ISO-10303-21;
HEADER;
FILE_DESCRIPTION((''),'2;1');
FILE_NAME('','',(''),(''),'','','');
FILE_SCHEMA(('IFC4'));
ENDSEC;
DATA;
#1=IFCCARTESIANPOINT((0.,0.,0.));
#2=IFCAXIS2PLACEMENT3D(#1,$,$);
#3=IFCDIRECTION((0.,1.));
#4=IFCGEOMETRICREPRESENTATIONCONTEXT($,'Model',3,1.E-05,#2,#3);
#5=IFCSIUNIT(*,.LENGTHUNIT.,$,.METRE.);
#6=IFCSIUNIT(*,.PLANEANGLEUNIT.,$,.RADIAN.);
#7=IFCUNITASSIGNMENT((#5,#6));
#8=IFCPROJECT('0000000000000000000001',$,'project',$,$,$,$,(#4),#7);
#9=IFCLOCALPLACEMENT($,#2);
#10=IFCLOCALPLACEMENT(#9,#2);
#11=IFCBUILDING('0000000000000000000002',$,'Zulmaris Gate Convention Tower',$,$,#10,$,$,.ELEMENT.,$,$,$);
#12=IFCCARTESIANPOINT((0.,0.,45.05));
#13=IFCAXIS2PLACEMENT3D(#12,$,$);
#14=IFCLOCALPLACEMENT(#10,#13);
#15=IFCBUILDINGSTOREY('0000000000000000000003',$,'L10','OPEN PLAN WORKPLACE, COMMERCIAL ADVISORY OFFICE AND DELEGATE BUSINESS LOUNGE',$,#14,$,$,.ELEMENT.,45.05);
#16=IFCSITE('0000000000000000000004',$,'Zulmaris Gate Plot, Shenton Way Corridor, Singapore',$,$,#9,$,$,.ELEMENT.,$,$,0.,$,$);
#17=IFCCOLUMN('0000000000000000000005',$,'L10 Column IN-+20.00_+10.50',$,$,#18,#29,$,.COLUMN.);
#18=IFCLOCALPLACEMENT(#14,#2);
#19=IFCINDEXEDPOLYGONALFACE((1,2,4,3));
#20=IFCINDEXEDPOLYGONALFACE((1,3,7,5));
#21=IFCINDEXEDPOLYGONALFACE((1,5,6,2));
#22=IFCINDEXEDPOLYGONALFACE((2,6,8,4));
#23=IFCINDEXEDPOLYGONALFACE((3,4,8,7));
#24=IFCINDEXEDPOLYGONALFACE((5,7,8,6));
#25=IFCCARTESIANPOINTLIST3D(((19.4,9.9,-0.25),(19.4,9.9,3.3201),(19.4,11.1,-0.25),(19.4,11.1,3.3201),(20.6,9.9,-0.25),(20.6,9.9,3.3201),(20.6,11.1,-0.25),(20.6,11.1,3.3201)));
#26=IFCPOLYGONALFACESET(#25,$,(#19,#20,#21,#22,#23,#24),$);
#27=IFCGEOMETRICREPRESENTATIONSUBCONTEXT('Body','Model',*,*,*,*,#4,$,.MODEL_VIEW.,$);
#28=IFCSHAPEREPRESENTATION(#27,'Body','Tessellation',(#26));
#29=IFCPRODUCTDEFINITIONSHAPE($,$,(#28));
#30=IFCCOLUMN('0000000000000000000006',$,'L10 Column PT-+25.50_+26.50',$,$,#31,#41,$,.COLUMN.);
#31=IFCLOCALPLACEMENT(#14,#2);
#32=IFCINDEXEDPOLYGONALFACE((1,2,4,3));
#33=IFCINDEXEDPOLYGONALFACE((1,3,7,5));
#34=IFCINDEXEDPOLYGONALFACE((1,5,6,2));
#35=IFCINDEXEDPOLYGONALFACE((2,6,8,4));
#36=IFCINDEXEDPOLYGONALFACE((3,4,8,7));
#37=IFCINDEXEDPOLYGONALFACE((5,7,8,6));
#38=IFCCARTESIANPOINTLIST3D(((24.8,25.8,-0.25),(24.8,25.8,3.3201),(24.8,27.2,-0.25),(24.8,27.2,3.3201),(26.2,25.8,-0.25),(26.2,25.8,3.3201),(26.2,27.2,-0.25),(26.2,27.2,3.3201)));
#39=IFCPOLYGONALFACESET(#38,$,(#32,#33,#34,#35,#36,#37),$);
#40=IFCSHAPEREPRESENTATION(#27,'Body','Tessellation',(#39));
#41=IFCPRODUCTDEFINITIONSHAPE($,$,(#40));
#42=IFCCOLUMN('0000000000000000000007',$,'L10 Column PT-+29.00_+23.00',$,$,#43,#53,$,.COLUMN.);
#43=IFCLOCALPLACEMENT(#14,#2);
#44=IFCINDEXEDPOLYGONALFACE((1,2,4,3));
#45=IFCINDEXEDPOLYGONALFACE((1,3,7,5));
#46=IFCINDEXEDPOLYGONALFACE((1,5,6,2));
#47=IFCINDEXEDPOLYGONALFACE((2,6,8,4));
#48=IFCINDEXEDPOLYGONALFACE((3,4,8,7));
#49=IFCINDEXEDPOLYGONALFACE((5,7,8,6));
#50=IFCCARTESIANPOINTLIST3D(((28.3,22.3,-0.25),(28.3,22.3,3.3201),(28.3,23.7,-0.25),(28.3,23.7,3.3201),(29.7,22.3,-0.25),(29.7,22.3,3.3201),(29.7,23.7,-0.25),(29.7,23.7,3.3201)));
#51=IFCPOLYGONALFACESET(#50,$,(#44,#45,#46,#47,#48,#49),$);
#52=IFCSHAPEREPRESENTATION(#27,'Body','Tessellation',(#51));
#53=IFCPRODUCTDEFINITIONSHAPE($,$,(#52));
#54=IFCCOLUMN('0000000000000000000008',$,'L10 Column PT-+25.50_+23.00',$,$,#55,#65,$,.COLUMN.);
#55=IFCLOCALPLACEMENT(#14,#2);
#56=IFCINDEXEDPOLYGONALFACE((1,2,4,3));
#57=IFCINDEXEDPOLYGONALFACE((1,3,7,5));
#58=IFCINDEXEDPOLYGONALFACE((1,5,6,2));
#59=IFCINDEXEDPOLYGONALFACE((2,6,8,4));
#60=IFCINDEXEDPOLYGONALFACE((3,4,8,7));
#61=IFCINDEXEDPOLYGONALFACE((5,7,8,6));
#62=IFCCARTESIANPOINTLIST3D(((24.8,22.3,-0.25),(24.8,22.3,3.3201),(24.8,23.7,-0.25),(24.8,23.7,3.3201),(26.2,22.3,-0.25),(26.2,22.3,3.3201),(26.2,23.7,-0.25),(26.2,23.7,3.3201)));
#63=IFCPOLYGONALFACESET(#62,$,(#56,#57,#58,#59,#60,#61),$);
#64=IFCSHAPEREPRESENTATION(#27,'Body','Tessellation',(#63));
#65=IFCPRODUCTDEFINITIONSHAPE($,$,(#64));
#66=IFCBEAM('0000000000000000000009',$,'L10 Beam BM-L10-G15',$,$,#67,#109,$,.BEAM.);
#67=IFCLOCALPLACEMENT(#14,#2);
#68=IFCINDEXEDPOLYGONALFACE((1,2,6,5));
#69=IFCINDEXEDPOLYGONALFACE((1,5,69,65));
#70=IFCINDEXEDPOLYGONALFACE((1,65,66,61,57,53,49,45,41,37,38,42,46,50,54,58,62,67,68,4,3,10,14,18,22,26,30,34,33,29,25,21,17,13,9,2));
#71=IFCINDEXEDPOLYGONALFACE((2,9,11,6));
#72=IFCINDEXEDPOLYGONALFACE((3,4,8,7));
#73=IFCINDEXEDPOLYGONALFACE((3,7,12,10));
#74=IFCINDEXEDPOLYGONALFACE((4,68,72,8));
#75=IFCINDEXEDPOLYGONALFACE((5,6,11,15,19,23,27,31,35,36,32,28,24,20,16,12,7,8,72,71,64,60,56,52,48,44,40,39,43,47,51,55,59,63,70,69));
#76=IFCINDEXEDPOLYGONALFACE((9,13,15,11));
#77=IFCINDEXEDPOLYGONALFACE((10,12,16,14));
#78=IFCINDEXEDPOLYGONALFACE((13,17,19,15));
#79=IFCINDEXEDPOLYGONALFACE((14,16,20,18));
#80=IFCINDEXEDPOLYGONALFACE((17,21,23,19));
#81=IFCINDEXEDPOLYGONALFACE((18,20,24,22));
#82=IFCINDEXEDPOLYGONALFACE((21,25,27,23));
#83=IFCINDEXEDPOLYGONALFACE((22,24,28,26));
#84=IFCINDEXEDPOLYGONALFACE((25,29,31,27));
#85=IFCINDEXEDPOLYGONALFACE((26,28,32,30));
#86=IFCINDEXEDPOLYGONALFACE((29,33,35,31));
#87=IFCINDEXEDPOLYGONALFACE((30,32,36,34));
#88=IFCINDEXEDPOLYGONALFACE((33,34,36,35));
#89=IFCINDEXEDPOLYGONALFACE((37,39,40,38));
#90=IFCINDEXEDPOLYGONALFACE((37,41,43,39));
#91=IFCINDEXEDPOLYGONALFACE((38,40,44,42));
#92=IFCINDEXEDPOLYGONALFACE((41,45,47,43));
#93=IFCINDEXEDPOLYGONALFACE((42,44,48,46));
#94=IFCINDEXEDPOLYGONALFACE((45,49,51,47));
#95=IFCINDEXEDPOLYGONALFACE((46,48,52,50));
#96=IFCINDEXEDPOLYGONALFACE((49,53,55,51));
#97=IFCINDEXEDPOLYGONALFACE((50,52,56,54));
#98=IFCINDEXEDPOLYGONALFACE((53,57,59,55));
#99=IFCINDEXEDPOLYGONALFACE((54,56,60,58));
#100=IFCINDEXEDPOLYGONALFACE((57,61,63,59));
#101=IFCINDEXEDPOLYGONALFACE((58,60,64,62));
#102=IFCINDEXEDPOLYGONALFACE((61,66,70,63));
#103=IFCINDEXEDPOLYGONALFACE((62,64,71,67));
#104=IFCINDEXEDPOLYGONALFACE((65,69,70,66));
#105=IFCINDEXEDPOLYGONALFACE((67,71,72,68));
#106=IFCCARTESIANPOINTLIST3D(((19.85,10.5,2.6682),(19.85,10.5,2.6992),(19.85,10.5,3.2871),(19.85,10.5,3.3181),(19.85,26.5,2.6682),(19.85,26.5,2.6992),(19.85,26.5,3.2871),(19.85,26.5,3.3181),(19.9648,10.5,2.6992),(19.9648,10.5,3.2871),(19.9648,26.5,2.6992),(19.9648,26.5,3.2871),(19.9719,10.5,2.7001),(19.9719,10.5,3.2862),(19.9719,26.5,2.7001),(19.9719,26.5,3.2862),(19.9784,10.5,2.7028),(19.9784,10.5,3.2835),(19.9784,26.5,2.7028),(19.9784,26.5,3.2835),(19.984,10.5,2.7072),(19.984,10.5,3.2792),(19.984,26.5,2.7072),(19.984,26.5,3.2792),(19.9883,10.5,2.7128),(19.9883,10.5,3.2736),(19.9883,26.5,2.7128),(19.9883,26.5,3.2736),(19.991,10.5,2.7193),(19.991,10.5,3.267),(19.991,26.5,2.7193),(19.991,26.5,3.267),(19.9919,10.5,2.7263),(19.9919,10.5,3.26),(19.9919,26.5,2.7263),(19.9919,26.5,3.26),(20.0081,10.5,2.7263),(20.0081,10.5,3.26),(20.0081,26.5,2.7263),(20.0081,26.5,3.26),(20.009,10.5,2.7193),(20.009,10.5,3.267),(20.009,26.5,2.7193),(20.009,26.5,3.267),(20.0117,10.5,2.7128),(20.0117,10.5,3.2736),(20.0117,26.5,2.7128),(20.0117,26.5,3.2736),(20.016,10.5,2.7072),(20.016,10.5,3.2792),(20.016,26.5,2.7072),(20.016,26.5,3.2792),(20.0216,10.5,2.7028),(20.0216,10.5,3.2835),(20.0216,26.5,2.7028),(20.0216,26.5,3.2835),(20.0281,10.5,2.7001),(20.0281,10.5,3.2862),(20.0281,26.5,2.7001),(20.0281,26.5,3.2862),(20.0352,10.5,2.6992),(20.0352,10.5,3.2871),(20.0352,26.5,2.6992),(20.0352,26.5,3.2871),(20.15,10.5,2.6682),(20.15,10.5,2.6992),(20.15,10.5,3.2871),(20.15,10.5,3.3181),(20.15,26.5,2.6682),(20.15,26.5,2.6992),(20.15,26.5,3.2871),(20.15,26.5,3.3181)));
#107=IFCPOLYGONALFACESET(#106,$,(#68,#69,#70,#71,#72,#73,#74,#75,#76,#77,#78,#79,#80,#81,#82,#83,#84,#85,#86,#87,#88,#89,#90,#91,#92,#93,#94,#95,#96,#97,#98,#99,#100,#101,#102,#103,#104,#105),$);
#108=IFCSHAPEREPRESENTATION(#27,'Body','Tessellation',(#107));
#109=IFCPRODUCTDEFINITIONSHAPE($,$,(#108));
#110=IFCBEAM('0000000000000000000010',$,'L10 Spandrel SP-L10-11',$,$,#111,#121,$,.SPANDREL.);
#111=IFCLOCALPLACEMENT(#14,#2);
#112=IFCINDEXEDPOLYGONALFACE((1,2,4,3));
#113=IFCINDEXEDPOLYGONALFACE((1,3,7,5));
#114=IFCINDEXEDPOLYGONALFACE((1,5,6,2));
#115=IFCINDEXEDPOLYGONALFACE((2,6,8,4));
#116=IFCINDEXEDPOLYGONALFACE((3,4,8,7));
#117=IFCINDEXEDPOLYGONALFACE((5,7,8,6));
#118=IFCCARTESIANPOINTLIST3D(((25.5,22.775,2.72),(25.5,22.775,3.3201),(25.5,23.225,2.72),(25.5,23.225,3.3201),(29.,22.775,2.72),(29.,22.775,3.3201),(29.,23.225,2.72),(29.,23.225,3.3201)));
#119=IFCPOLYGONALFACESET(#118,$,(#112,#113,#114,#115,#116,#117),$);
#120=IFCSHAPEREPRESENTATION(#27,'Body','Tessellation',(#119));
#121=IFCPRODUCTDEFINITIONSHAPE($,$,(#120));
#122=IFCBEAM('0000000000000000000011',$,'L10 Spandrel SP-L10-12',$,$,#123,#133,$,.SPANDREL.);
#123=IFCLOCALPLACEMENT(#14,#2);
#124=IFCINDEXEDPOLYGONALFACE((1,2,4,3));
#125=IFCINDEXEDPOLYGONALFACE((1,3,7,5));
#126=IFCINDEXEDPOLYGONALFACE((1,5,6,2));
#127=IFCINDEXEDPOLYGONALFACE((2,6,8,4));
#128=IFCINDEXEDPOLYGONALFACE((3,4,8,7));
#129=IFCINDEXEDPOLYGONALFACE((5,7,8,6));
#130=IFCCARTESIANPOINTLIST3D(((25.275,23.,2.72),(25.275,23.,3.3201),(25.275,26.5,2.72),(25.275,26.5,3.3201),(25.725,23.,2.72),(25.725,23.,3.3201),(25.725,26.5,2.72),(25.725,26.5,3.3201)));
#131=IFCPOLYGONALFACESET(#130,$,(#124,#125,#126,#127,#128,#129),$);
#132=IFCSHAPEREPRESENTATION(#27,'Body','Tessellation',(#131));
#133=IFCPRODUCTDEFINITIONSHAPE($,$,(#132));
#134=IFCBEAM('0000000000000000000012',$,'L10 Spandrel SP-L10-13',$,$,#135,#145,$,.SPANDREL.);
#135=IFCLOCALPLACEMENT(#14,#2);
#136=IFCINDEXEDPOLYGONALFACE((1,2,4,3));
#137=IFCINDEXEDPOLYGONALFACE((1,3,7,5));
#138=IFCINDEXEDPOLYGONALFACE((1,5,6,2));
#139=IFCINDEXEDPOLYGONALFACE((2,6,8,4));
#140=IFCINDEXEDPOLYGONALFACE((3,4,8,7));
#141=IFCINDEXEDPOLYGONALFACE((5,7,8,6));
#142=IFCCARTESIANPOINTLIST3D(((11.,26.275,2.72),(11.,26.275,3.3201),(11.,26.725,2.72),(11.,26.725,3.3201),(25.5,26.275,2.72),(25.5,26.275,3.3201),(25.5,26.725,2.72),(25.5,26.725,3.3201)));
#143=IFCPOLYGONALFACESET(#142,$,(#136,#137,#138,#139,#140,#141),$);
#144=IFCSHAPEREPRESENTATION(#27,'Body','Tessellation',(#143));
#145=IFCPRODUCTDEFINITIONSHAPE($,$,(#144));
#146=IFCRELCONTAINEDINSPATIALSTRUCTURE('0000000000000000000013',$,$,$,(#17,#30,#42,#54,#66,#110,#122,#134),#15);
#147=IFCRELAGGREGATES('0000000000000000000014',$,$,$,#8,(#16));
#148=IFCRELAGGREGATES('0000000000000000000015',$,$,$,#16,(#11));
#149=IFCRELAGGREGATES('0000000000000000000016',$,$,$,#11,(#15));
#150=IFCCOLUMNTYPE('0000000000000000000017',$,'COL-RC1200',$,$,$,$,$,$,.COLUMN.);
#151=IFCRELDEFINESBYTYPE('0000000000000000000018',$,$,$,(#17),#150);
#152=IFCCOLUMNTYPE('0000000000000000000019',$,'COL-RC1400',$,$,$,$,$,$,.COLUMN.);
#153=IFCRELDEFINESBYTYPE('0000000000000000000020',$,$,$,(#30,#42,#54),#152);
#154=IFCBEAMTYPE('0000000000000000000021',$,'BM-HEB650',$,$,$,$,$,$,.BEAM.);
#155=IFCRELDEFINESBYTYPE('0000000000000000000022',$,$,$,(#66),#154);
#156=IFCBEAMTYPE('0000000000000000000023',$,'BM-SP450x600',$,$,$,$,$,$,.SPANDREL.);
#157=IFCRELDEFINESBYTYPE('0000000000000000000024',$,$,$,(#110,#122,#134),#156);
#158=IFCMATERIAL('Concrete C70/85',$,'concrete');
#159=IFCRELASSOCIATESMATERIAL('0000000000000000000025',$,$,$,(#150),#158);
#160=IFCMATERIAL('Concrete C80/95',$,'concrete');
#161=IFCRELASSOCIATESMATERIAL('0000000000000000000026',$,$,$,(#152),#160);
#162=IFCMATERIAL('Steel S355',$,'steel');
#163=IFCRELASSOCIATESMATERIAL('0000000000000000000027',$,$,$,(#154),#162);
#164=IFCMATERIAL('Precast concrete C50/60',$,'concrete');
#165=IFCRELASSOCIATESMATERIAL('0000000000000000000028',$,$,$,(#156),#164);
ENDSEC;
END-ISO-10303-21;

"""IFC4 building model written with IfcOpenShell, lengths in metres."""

from ifc_helpers import new_model, si_unit, direction, frame, origin, origin_2d, place, context, subcontext, project, spatial, rectangle, i_section, extrude, material, material_profile, profile_set, type_object, element, save


model = new_model("IFC4")

# Units and contexts
model_context = context("Model", 3, precision=1e-05, world=origin(), true_north=direction((0.0, 1.0)))
body_context = subcontext(model_context, "Body", "Model", "MODEL_VIEW")
ifc_project = project(units=[si_unit("LENGTHUNIT", "METRE"), si_unit("PLANEANGLEUNIT", "RADIAN")], contexts=[model_context])

# Site, building, storey
site_placement = place(None, origin())
site = spatial("IfcSite", under=ifc_project, at=site_placement, Name="Zulmaris Gate Plot, Shenton Way Corridor, Singapore", CompositionType="ELEMENT", RefElevation=0.0)
building_placement = place(site_placement, origin())
building = spatial("IfcBuilding", under=site, at=building_placement, Name="Zulmaris Gate Convention Tower", CompositionType="ELEMENT")
storey_placement = place(building_placement, frame((0.0, 0.0, 45.05)))
storey = spatial("IfcBuildingStorey", under=building, at=storey_placement, Name="L10", Description="OPEN PLAN WORKPLACE, COMMERCIAL ADVISORY OFFICE AND DELEGATE BUSINESS LOUNGE", CompositionType="ELEMENT", Elevation=45.05)

# Columns
ifc_material_1 = material(Name="Concrete C70/85", Category="concrete")
ifc_material_profile_1 = material_profile(ifc_material_1, rectangle(XDim=1.2, YDim=1.2, at=origin_2d()), Name="RC COL 1200x1200")
ifc_profile_set_1 = profile_set([ifc_material_profile_1], Name="Concrete C70/85")
column_type_1 = type_object("IfcColumnType", Name="COL-RC1200", PredefinedType="COLUMN", material=ifc_profile_set_1)
column_placement = place(storey_placement, frame((20.0, 10.5, -0.25), z_axis=(0.0, 0.0, 1.0), x_axis=(1.0, 0.0, 0.0)))
element("IfcColumn", 1, at=column_placement, inside=storey, type_object=column_type_1, Name="L10 Column IN-+20.00_+10.50", PredefinedType="COLUMN", context=body_context, shape_type="SweptSolid", body=[
    extrude(rectangle(XDim=1.2, YDim=1.2, at=origin_2d()), origin(), (0.0, 0.0, 1.0), 3.5701),
])
ifc_material_2 = material(Name="Concrete C80/95", Category="concrete")
ifc_material_profile_2 = material_profile(ifc_material_2, rectangle(XDim=1.3999, YDim=1.3999, at=origin_2d()), Name="RC COL 1400x1400")
ifc_profile_set_2 = profile_set([ifc_material_profile_2], Name="Concrete C80/95")
column_type_2 = type_object("IfcColumnType", Name="COL-RC1400", PredefinedType="COLUMN", material=ifc_profile_set_2)
for number, where, z_axis, x_axis, name in (
    (2, (25.5, 26.5, -0.25), (0.0, 0.0, 1.0), (1.0, 0.0, 0.0), "L10 Column PT-+25.50_+26.50"),
    (3, (29.0, 23.0, -0.25), (0.0, 0.0, 1.0), (1.0, 0.0, 0.0), "L10 Column PT-+29.00_+23.00"),
    (4, (25.5, 23.0, -0.25), (0.0, 0.0, 1.0), (1.0, 0.0, 0.0), "L10 Column PT-+25.50_+23.00"),
):
    element("IfcColumn", number, at=place(storey_placement, frame(where, z_axis=z_axis, x_axis=x_axis)), inside=storey, type_object=column_type_2, Name=name, PredefinedType="COLUMN", context=body_context, shape_type="SweptSolid", body=[
        extrude(rectangle(XDim=1.3999, YDim=1.3999, at=origin_2d()), origin(), (0.0, 0.0, 1.0), 3.5701),
    ])

# Beams
ifc_material_3 = material(Name="Steel S355", Category="steel")
ifc_material_profile_3 = material_profile(ifc_material_3, i_section(OverallWidth=0.3, OverallDepth=0.6499, WebThickness=0.0161, FlangeThickness=0.031, FilletRadius=0.0271, at=origin_2d()), Name="HEB 650")
ifc_profile_set_3 = profile_set([ifc_material_profile_3], Name="Steel S355")
beam_type_1 = type_object("IfcBeamType", Name="BM-HEB650", PredefinedType="BEAM", material=ifc_profile_set_3)
beam_1_placement = place(storey_placement, frame((20.0, 10.5, 2.9932), z_axis=(0.0, 1.0, 0.0), x_axis=(-1.0, 0.0, 0.0)))
element("IfcBeam", 5, at=beam_1_placement, inside=storey, type_object=beam_type_1, Name="L10 Beam BM-L10-G15", PredefinedType="BEAM", context=body_context, shape_type="SweptSolid", body=[
    extrude(i_section(OverallWidth=0.3, OverallDepth=0.6499, WebThickness=0.0161, FlangeThickness=0.031, FilletRadius=0.0271, at=origin_2d()), origin(), (0.0, 0.0, 1.0), 16.0),
])
ifc_material_4 = material(Name="Precast concrete C50/60", Category="concrete")
ifc_material_profile_4 = material_profile(ifc_material_4, rectangle(XDim=0.45, YDim=0.6001, at=origin_2d()), Name="RC SPANDREL 450x600")
ifc_profile_set_4 = profile_set([ifc_material_profile_4], Name="Precast concrete C50/60")
beam_type_2 = type_object("IfcBeamType", Name="BM-SP450x600", PredefinedType="SPANDREL", material=ifc_profile_set_4)
for number, where, z_axis, x_axis, name in (
    (6, (29.0, 23.0, 3.02), (-1.0, 0.0, 0.0), (0.0, -1.0, 0.0), "L10 Spandrel SP-L10-11"),
    (7, (25.5, 23.0, 3.02), (0.0, 1.0, 0.0), (-1.0, 0.0, 0.0), "L10 Spandrel SP-L10-12"),
):
    element("IfcBeam", number, at=place(storey_placement, frame(where, z_axis=z_axis, x_axis=x_axis)), inside=storey, type_object=beam_type_2, Name=name, PredefinedType="SPANDREL", context=body_context, shape_type="SweptSolid", body=[
        extrude(rectangle(XDim=0.45, YDim=0.6001, at=origin_2d()), origin(), (0.0, 0.0, 1.0), 3.5),
    ])
beam_2_placement = place(storey_placement, frame((25.5, 26.5, 3.02), z_axis=(-1.0, 0.0, 0.0), x_axis=(0.0, -1.0, 0.0)))
element("IfcBeam", 8, at=beam_2_placement, inside=storey, type_object=beam_type_2, Name="L10 Spandrel SP-L10-13", PredefinedType="SPANDREL", context=body_context, shape_type="SweptSolid", body=[
    extrude(rectangle(XDim=0.45, YDim=0.6001, at=origin_2d()), origin(), (0.0, 0.0, 1.0), 14.5),
])

save(model, "model.ifc")
